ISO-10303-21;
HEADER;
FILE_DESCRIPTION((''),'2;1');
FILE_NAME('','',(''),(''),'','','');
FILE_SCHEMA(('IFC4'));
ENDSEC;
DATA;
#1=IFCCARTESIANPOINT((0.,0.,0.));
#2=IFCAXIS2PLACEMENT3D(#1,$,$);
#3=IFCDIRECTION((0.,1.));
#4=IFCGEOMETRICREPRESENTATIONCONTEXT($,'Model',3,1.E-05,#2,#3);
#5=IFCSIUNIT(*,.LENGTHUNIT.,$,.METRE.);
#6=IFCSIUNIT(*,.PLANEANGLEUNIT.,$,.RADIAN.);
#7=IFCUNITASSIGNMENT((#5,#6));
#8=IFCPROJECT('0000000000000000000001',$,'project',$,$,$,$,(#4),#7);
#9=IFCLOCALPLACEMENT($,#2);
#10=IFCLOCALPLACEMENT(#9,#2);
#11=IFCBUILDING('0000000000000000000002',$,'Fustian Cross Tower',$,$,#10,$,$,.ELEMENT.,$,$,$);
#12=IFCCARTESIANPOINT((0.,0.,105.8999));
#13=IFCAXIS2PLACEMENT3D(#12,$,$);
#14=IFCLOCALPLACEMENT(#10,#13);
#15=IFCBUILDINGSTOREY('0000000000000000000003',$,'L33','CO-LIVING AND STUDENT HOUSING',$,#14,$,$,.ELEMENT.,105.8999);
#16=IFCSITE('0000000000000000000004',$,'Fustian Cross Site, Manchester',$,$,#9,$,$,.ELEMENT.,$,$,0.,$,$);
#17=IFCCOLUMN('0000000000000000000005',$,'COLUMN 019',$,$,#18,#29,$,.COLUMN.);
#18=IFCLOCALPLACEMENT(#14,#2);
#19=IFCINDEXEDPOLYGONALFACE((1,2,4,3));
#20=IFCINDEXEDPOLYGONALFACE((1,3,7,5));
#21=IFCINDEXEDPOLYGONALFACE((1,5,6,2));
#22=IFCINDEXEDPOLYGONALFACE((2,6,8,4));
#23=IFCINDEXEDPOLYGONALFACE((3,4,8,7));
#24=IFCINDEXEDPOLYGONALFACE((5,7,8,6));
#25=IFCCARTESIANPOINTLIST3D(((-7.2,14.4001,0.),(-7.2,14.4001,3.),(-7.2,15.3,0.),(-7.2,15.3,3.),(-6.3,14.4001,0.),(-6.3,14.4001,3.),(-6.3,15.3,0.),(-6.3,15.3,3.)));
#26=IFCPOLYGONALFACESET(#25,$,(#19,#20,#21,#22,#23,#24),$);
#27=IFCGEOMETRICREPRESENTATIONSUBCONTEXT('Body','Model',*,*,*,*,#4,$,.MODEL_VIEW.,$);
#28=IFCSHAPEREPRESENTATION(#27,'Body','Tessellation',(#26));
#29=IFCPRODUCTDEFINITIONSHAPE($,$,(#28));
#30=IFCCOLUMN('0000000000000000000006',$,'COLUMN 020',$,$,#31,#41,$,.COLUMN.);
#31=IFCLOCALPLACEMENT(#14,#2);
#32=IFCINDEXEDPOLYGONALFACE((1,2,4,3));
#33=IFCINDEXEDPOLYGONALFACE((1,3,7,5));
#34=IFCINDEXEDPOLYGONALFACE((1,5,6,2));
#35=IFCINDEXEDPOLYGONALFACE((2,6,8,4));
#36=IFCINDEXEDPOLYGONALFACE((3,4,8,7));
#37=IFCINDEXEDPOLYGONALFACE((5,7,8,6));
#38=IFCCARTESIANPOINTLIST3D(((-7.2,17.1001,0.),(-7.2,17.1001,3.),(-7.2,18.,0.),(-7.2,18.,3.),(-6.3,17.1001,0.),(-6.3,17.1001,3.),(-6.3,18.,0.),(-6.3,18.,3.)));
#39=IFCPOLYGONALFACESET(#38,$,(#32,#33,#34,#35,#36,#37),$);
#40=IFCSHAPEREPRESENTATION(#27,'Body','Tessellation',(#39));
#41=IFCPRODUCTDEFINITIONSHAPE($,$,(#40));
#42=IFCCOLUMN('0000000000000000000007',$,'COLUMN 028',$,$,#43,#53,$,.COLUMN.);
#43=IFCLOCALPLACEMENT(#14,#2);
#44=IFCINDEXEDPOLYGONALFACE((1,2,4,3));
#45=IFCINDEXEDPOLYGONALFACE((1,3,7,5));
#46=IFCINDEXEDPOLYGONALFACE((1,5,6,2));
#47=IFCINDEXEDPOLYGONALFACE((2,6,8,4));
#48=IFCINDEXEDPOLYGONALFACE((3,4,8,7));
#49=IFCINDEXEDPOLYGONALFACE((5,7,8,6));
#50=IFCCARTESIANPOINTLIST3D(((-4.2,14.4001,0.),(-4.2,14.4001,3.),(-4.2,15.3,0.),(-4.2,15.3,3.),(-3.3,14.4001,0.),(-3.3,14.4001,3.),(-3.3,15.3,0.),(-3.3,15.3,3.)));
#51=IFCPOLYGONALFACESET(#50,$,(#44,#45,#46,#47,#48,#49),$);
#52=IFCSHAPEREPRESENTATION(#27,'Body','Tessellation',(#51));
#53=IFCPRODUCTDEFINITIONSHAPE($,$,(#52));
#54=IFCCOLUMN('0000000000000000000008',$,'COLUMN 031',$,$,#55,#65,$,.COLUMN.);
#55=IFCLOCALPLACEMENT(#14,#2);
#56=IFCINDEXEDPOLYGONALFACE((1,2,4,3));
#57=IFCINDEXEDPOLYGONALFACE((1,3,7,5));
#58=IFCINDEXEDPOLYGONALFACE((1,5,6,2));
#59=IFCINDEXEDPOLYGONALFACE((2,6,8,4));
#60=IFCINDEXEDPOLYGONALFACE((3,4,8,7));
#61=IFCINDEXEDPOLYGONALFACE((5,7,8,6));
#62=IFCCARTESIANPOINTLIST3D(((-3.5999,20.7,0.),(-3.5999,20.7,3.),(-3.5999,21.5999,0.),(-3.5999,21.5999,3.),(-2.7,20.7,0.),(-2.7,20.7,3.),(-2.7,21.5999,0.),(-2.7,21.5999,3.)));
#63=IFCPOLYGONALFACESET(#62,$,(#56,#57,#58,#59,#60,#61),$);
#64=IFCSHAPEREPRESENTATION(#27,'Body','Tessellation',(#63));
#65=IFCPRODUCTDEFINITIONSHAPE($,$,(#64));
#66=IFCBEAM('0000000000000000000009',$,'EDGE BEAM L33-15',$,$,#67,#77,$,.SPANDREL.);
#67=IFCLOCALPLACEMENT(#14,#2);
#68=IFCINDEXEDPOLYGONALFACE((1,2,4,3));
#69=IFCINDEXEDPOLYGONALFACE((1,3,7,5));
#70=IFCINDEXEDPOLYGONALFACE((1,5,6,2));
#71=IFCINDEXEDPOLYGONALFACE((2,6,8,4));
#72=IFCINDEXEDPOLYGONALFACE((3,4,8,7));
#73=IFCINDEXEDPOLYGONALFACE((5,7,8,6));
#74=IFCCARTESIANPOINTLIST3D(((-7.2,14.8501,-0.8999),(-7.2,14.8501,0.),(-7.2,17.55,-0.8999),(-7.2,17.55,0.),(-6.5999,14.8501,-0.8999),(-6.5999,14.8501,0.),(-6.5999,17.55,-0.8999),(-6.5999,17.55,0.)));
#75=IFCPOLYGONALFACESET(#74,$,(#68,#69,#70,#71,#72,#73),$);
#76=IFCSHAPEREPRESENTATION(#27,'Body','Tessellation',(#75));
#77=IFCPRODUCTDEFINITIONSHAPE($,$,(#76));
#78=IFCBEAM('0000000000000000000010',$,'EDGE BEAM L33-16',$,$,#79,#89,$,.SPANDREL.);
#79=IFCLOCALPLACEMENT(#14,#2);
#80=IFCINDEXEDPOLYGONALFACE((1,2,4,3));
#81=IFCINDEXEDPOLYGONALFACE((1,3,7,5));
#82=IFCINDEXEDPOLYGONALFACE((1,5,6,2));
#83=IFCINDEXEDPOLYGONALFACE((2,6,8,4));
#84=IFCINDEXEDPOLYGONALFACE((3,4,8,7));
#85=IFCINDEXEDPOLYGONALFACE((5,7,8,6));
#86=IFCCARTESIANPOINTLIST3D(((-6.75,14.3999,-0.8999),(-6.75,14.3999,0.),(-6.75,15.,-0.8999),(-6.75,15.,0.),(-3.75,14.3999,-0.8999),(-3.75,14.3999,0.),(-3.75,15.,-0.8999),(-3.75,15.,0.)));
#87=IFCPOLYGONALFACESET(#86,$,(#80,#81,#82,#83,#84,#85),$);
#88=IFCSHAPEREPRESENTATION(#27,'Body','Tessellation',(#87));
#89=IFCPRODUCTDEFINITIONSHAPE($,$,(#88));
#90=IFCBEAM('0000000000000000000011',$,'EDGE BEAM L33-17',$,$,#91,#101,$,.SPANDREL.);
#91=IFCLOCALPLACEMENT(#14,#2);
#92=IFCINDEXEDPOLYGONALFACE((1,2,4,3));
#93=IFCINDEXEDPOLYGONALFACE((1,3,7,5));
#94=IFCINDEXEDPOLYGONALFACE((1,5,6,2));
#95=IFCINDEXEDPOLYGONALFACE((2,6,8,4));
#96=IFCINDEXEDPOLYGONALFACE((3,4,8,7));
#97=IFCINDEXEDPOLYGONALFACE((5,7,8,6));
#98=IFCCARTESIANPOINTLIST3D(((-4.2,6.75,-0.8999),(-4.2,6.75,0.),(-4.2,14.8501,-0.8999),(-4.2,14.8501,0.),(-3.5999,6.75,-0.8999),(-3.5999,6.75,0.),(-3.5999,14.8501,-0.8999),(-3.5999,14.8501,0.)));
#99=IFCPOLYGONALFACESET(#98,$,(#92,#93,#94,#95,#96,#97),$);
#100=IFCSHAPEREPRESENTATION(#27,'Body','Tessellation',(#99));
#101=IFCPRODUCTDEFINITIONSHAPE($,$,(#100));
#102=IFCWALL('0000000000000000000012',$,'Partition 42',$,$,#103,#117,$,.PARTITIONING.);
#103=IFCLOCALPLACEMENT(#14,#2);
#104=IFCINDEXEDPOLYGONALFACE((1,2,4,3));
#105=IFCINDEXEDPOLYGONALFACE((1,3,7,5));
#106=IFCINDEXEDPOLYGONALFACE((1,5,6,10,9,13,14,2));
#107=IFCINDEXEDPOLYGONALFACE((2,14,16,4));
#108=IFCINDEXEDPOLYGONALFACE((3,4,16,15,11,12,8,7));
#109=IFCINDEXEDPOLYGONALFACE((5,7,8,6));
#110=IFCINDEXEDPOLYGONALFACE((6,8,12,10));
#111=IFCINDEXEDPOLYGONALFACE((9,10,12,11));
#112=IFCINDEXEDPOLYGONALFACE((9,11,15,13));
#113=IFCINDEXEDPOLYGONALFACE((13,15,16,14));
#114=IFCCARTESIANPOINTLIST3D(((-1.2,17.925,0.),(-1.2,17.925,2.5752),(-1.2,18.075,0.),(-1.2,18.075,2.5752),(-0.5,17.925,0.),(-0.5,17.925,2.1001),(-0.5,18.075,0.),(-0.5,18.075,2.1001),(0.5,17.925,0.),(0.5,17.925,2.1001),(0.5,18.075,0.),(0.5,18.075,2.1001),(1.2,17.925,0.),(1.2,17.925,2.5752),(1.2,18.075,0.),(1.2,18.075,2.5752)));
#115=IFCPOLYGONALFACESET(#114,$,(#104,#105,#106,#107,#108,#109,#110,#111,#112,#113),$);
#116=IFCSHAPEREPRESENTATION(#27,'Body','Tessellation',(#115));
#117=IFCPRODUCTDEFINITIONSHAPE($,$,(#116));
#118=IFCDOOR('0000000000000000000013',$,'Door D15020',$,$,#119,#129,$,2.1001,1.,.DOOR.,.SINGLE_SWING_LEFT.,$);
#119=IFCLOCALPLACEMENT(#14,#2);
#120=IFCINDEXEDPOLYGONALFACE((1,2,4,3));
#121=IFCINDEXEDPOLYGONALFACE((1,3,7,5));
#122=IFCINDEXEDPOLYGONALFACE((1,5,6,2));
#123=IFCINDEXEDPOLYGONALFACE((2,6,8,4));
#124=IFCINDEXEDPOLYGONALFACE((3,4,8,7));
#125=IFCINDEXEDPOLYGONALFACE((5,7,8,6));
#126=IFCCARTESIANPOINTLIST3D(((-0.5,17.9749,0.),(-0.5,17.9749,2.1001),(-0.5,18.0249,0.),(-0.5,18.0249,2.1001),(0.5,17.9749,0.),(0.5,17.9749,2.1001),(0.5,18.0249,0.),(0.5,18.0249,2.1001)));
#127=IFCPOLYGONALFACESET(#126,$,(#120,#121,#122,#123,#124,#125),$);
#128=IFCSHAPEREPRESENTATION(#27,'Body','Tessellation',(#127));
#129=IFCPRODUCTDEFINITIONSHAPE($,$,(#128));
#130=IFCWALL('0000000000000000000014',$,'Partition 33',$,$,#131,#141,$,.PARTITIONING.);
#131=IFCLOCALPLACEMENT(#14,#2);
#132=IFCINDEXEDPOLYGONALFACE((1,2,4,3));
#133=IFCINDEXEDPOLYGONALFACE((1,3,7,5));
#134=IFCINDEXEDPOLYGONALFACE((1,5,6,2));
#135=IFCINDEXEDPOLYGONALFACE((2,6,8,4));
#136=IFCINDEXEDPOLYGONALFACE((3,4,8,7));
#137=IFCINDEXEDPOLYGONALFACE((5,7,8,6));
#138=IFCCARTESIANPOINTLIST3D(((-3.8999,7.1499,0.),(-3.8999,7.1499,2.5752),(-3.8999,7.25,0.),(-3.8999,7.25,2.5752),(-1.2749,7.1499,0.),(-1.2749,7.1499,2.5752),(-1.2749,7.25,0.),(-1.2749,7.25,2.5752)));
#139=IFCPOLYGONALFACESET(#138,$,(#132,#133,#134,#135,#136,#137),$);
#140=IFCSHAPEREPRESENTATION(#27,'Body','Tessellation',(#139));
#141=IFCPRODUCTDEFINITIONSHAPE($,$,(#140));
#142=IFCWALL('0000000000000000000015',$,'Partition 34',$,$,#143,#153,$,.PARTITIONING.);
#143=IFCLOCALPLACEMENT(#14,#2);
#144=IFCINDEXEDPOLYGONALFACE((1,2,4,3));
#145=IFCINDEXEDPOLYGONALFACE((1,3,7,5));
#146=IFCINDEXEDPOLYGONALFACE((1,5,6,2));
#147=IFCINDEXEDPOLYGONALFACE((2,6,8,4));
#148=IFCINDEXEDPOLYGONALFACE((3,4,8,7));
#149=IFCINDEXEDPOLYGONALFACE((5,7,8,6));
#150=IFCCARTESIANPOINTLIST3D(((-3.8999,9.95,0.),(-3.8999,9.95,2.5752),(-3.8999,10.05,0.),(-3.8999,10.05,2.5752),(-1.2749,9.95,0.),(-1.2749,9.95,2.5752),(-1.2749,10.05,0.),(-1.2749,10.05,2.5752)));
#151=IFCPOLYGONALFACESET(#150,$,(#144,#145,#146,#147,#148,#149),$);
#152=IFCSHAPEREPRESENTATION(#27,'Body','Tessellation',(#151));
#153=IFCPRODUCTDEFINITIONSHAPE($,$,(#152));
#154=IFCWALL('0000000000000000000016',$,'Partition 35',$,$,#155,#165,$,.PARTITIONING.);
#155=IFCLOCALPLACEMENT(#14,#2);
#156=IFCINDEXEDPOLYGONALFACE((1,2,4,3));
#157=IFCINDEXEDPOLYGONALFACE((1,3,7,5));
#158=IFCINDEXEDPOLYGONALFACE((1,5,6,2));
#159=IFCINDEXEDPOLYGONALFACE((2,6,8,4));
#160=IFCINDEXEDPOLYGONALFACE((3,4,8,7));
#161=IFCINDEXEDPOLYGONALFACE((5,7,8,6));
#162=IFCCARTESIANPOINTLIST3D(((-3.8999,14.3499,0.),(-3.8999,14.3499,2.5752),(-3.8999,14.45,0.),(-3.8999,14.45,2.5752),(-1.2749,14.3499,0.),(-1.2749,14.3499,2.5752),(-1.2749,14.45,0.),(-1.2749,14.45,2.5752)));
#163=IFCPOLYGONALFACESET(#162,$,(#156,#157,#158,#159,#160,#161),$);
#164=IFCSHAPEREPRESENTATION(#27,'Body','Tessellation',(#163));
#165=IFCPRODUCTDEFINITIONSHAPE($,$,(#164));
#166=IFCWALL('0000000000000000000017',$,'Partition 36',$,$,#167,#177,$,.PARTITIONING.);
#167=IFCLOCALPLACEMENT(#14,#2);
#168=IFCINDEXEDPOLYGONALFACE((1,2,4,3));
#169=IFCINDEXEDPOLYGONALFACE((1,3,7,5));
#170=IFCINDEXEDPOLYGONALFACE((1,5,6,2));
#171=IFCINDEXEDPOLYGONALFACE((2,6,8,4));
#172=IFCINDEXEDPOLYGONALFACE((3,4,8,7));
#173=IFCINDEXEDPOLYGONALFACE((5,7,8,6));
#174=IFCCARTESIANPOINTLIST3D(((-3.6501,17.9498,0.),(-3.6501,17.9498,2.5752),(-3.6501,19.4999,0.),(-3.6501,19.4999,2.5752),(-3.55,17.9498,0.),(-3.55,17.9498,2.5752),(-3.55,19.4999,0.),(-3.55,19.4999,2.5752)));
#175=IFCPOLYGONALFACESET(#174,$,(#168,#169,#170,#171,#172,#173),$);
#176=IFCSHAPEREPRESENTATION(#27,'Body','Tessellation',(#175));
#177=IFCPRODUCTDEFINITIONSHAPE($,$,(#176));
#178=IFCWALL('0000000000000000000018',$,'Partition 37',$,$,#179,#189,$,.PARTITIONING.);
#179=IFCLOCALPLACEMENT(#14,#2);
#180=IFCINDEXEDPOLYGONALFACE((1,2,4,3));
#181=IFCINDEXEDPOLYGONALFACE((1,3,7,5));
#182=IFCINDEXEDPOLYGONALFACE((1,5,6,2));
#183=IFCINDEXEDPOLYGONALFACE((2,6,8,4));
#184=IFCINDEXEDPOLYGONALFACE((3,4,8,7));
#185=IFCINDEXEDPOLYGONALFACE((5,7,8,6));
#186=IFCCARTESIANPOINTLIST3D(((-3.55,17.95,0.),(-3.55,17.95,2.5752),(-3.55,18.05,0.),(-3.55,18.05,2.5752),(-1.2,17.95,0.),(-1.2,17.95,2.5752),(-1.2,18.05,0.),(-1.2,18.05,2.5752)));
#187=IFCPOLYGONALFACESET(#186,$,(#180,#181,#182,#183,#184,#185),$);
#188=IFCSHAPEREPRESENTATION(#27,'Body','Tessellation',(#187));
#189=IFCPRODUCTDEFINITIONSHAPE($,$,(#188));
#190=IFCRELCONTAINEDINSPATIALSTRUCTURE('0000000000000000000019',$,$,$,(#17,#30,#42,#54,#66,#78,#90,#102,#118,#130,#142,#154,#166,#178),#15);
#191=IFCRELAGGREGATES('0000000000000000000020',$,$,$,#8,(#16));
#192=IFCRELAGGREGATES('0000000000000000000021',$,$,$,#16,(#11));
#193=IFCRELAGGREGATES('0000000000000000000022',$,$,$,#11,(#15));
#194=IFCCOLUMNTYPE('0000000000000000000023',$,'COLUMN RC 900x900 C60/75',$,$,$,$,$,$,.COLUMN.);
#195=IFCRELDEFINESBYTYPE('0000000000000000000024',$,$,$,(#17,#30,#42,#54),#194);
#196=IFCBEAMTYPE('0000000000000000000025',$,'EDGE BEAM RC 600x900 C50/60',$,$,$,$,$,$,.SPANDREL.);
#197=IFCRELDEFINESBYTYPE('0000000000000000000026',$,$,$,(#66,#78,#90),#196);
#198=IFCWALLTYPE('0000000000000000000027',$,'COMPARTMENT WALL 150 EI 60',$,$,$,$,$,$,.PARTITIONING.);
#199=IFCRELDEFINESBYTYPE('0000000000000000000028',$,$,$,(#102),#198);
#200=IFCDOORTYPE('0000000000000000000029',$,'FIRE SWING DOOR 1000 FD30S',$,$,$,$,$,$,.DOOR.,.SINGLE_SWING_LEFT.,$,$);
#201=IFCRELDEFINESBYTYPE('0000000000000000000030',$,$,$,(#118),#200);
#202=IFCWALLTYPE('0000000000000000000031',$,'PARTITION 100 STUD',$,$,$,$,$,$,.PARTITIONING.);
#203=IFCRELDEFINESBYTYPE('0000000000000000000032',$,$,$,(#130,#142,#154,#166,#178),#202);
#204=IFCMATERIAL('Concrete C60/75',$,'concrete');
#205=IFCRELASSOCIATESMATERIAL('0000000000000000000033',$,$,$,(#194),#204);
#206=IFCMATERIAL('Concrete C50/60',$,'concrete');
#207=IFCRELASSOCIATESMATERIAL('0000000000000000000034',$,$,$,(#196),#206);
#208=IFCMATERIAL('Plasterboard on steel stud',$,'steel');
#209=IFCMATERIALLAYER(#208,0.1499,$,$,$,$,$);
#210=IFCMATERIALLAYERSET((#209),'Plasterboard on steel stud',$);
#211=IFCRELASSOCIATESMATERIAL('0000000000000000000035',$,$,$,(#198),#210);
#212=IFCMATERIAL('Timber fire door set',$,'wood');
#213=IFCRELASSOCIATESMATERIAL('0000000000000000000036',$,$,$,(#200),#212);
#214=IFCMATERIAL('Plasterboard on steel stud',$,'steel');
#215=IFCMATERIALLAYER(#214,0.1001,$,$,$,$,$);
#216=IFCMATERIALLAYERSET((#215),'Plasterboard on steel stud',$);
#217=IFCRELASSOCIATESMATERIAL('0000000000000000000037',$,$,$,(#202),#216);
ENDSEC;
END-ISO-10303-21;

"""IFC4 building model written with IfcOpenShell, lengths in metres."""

from ifc_helpers import new_model, si_unit, direction, frame, frame_2d, origin, origin_2d, place, context, subcontext, project, spatial, rectangle, extrude, material, layer, layer_set, material_profile, profile_set, type_object, element, fill, save


model = new_model("IFC4")

# Units and contexts
model_context = context("Model", 3, precision=1e-05, world=origin(), true_north=direction((0.0, 1.0)))
body_context = subcontext(model_context, "Body", "Model", "MODEL_VIEW")
ifc_project = project(units=[si_unit("LENGTHUNIT", "METRE"), si_unit("PLANEANGLEUNIT", "RADIAN")], contexts=[model_context])

# Site, building, storey
site_placement = place(None, origin())
site = spatial("IfcSite", under=ifc_project, at=site_placement, Name="Fustian Cross Site, Manchester", CompositionType="ELEMENT", RefElevation=0.0)
building_placement = place(site_placement, origin())
building = spatial("IfcBuilding", under=site, at=building_placement, Name="Fustian Cross Tower", CompositionType="ELEMENT")
storey_placement = place(building_placement, frame((0.0, 0.0, 105.8999)))
storey = spatial("IfcBuildingStorey", under=building, at=storey_placement, Name="L33", Description="CO-LIVING AND STUDENT HOUSING", CompositionType="ELEMENT", Elevation=105.8999)

# Columns
ifc_material_1 = material(Name="Concrete C60/75", Category="concrete")
ifc_material_profile_1 = material_profile(ifc_material_1, rectangle(XDim=0.8999, YDim=0.8999, at=origin_2d()), Name="RC 900x900")
ifc_profile_set_1 = profile_set([ifc_material_profile_1], Name="Concrete C60/75")
column_type = type_object("IfcColumnType", Name="COLUMN RC 900x900 C60/75", PredefinedType="COLUMN", material=ifc_profile_set_1)
for number, where, z_axis, x_axis, name in (
    (1, (-6.75, 14.8501, 0.0), (0.0, 0.0, 1.0), (1.0, 0.0, 0.0), "COLUMN 019"),
    (2, (-6.75, 17.55, 0.0), (0.0, 0.0, 1.0), (1.0, 0.0, 0.0), "COLUMN 020"),
    (3, (-3.75, 14.8501, 0.0), (0.0, 0.0, 1.0), (1.0, 0.0, 0.0), "COLUMN 028"),
    (4, (-3.1499, 21.1499, 0.0), (0.0, 0.0, 1.0), (1.0, 0.0, 0.0), "COLUMN 031"),
):
    element("IfcColumn", number, at=place(storey_placement, frame(where, z_axis=z_axis, x_axis=x_axis)), inside=storey, type_object=column_type, Name=name, PredefinedType="COLUMN", context=body_context, shape_type="SweptSolid", body=[
        extrude(rectangle(XDim=0.8999, YDim=0.8999, at=origin_2d()), origin(), (0.0, 0.0, 1.0), 3.0),
    ])

# Beams
ifc_material_2 = material(Name="Concrete C50/60", Category="concrete")
ifc_material_profile_2 = material_profile(ifc_material_2, rectangle(XDim=0.6001, YDim=0.8999, at=origin_2d()), Name="RC 600x900")
ifc_profile_set_2 = profile_set([ifc_material_profile_2], Name="Concrete C50/60")
beam_type = type_object("IfcBeamType", Name="EDGE BEAM RC 600x900 C50/60", PredefinedType="SPANDREL", material=ifc_profile_set_2)
beam_1_placement = place(storey_placement, frame((-6.8999, 17.55, -0.45), z_axis=(0.0, -1.0, 0.0), x_axis=(1.0, 0.0, 0.0)))
element("IfcBeam", 5, at=beam_1_placement, inside=storey, type_object=beam_type, Name="EDGE BEAM L33-15", PredefinedType="SPANDREL", context=body_context, shape_type="SweptSolid", body=[
    extrude(rectangle(XDim=0.6001, YDim=0.8999, at=origin_2d()), origin(), (0.0, 0.0, 1.0), 2.7),
])
beam_2_placement = place(storey_placement, frame((-6.75, 14.7, -0.45), z_axis=(1.0, 0.0, 0.0), x_axis=(0.0, 1.0, 0.0)))
element("IfcBeam", 6, at=beam_2_placement, inside=storey, type_object=beam_type, Name="EDGE BEAM L33-16", PredefinedType="SPANDREL", context=body_context, shape_type="SweptSolid", body=[
    extrude(rectangle(XDim=0.6001, YDim=0.8999, at=origin_2d()), origin(), (0.0, 0.0, 1.0), 3.0),
])
beam_3_placement = place(storey_placement, frame((-3.8999, 14.8501, -0.45), z_axis=(0.0, -1.0, 0.0), x_axis=(1.0, 0.0, 0.0)))
element("IfcBeam", 7, at=beam_3_placement, inside=storey, type_object=beam_type, Name="EDGE BEAM L33-17", PredefinedType="SPANDREL", context=body_context, shape_type="SweptSolid", body=[
    extrude(rectangle(XDim=0.6001, YDim=0.8999, at=origin_2d()), origin(), (0.0, 0.0, 1.0), 8.1001),
])

# Wall, opening, door
ifc_material_3 = material(Name="Plasterboard on steel stud", Category="steel")
ifc_layer_1 = layer(ifc_material_3, 0.1499)
ifc_layer_set_1 = layer_set([ifc_layer_1], Name="Plasterboard on steel stud")
wall_type_1 = type_object("IfcWallType", Name="COMPARTMENT WALL 150 EI 60", PredefinedType="PARTITIONING", material=ifc_layer_set_1)
wall_1_placement = place(storey_placement, frame((-1.2, 18.0, 0.0), z_axis=(0.0, 0.0, 1.0), x_axis=(1.0, 0.0, 0.0)))
wall_1 = element("IfcWall", 8, at=wall_1_placement, inside=storey, type_object=wall_type_1, Name="Partition 42", PredefinedType="PARTITIONING", context=body_context, shape_type="SweptSolid", body=[
    extrude(rectangle(XDim=2.3999, YDim=0.1499, at=frame_2d((1.2, 0.0))), origin(), (0.0, 0.0, 1.0), 2.5752),
])
opening_1_placement = place(wall_1_placement, frame((0.7, 0.0, 0.0)))
opening_1 = element("IfcOpeningElement", 9, at=opening_1_placement, cuts=wall_1, PredefinedType="OPENING", context=body_context, shape_type="SweptSolid", body=[
    extrude(rectangle(XDim=1.0, YDim=2.1001, at=frame_2d((0.5, 1.05))), frame((0.0, 0.085, 0.0), z_axis=(0.0, -1.0, 0.0), x_axis=(1.0, 0.0, 0.0)), (0.0, 0.0, 1.0), 0.1699),
])
ifc_material_4 = material(Name="Timber fire door set", Category="wood")
door_type_1 = type_object("IfcDoorType", Name="FIRE SWING DOOR 1000 FD30S", OperationType="SINGLE_SWING_LEFT", PredefinedType="DOOR", material=ifc_material_4)
door_1_placement = place(opening_1_placement, origin())
door_1 = element("IfcDoor", 10, at=door_1_placement, inside=storey, type_object=door_type_1, Name="Door D15020", OperationType="SINGLE_SWING_LEFT", OverallHeight=2.1001, OverallWidth=1.0, PredefinedType="DOOR", context=body_context, shape_type="SweptSolid", body=[
    extrude(rectangle(XDim=1.0, YDim=2.1001, at=frame_2d((0.5, 1.05))), frame((0.0, 0.0249, 0.0), z_axis=(0.0, -1.0, 0.0), x_axis=(1.0, 0.0, 0.0)), (0.0, 0.0, 1.0), 0.05),
])
fill(opening_1, door_1)

# Walls
ifc_material_5 = material(Name="Plasterboard on steel stud", Category="steel")
ifc_layer_2 = layer(ifc_material_5, 0.1001)
ifc_layer_set_2 = layer_set([ifc_layer_2], Name="Plasterboard on steel stud")
wall_type_2 = type_object("IfcWallType", Name="PARTITION 100 STUD", PredefinedType="PARTITIONING", material=ifc_layer_set_2)
for number, where, z_axis, x_axis, name in (
    (11, (-3.8999, 7.2, 0.0), (0.0, 0.0, 1.0), (1.0, 0.0, 0.0), "Partition 33"),
    (12, (-3.8999, 10.0, 0.0), (0.0, 0.0, 1.0), (1.0, 0.0, 0.0), "Partition 34"),
    (13, (-3.8999, 14.3999, 0.0), (0.0, 0.0, 1.0), (1.0, 0.0, 0.0), "Partition 35"),
):
    element("IfcWall", number, at=place(storey_placement, frame(where, z_axis=z_axis, x_axis=x_axis)), inside=storey, type_object=wall_type_2, Name=name, PredefinedType="PARTITIONING", context=body_context, shape_type="SweptSolid", body=[
        extrude(rectangle(XDim=2.625, YDim=0.1001, at=frame_2d((1.3125, 0.0))), origin(), (0.0, 0.0, 1.0), 2.5752),
    ])
wall_2_placement = place(storey_placement, frame((-3.6001, 17.95, 0.0), z_axis=(0.0, 0.0, 1.0), x_axis=(0.0, 1.0, 0.0)))
element("IfcWall", 14, at=wall_2_placement, inside=storey, type_object=wall_type_2, Name="Partition 36", PredefinedType="PARTITIONING", context=body_context, shape_type="SweptSolid", body=[
    extrude(rectangle(XDim=1.55, YDim=0.1001, at=frame_2d((0.7749, 0.0))), origin(), (0.0, 0.0, 1.0), 2.5752),
])
wall_3_placement = place(storey_placement, frame((-3.55, 18.0, 0.0), z_axis=(0.0, 0.0, 1.0), x_axis=(1.0, 0.0, 0.0)))
element("IfcWall", 15, at=wall_3_placement, inside=storey, type_object=wall_type_2, Name="Partition 37", PredefinedType="PARTITIONING", context=body_context, shape_type="SweptSolid", body=[
    extrude(rectangle(XDim=2.3501, YDim=0.1001, at=frame_2d((1.175, 0.0))), origin(), (0.0, 0.0, 1.0), 2.5752),
])

save(model, "model.ifc")
